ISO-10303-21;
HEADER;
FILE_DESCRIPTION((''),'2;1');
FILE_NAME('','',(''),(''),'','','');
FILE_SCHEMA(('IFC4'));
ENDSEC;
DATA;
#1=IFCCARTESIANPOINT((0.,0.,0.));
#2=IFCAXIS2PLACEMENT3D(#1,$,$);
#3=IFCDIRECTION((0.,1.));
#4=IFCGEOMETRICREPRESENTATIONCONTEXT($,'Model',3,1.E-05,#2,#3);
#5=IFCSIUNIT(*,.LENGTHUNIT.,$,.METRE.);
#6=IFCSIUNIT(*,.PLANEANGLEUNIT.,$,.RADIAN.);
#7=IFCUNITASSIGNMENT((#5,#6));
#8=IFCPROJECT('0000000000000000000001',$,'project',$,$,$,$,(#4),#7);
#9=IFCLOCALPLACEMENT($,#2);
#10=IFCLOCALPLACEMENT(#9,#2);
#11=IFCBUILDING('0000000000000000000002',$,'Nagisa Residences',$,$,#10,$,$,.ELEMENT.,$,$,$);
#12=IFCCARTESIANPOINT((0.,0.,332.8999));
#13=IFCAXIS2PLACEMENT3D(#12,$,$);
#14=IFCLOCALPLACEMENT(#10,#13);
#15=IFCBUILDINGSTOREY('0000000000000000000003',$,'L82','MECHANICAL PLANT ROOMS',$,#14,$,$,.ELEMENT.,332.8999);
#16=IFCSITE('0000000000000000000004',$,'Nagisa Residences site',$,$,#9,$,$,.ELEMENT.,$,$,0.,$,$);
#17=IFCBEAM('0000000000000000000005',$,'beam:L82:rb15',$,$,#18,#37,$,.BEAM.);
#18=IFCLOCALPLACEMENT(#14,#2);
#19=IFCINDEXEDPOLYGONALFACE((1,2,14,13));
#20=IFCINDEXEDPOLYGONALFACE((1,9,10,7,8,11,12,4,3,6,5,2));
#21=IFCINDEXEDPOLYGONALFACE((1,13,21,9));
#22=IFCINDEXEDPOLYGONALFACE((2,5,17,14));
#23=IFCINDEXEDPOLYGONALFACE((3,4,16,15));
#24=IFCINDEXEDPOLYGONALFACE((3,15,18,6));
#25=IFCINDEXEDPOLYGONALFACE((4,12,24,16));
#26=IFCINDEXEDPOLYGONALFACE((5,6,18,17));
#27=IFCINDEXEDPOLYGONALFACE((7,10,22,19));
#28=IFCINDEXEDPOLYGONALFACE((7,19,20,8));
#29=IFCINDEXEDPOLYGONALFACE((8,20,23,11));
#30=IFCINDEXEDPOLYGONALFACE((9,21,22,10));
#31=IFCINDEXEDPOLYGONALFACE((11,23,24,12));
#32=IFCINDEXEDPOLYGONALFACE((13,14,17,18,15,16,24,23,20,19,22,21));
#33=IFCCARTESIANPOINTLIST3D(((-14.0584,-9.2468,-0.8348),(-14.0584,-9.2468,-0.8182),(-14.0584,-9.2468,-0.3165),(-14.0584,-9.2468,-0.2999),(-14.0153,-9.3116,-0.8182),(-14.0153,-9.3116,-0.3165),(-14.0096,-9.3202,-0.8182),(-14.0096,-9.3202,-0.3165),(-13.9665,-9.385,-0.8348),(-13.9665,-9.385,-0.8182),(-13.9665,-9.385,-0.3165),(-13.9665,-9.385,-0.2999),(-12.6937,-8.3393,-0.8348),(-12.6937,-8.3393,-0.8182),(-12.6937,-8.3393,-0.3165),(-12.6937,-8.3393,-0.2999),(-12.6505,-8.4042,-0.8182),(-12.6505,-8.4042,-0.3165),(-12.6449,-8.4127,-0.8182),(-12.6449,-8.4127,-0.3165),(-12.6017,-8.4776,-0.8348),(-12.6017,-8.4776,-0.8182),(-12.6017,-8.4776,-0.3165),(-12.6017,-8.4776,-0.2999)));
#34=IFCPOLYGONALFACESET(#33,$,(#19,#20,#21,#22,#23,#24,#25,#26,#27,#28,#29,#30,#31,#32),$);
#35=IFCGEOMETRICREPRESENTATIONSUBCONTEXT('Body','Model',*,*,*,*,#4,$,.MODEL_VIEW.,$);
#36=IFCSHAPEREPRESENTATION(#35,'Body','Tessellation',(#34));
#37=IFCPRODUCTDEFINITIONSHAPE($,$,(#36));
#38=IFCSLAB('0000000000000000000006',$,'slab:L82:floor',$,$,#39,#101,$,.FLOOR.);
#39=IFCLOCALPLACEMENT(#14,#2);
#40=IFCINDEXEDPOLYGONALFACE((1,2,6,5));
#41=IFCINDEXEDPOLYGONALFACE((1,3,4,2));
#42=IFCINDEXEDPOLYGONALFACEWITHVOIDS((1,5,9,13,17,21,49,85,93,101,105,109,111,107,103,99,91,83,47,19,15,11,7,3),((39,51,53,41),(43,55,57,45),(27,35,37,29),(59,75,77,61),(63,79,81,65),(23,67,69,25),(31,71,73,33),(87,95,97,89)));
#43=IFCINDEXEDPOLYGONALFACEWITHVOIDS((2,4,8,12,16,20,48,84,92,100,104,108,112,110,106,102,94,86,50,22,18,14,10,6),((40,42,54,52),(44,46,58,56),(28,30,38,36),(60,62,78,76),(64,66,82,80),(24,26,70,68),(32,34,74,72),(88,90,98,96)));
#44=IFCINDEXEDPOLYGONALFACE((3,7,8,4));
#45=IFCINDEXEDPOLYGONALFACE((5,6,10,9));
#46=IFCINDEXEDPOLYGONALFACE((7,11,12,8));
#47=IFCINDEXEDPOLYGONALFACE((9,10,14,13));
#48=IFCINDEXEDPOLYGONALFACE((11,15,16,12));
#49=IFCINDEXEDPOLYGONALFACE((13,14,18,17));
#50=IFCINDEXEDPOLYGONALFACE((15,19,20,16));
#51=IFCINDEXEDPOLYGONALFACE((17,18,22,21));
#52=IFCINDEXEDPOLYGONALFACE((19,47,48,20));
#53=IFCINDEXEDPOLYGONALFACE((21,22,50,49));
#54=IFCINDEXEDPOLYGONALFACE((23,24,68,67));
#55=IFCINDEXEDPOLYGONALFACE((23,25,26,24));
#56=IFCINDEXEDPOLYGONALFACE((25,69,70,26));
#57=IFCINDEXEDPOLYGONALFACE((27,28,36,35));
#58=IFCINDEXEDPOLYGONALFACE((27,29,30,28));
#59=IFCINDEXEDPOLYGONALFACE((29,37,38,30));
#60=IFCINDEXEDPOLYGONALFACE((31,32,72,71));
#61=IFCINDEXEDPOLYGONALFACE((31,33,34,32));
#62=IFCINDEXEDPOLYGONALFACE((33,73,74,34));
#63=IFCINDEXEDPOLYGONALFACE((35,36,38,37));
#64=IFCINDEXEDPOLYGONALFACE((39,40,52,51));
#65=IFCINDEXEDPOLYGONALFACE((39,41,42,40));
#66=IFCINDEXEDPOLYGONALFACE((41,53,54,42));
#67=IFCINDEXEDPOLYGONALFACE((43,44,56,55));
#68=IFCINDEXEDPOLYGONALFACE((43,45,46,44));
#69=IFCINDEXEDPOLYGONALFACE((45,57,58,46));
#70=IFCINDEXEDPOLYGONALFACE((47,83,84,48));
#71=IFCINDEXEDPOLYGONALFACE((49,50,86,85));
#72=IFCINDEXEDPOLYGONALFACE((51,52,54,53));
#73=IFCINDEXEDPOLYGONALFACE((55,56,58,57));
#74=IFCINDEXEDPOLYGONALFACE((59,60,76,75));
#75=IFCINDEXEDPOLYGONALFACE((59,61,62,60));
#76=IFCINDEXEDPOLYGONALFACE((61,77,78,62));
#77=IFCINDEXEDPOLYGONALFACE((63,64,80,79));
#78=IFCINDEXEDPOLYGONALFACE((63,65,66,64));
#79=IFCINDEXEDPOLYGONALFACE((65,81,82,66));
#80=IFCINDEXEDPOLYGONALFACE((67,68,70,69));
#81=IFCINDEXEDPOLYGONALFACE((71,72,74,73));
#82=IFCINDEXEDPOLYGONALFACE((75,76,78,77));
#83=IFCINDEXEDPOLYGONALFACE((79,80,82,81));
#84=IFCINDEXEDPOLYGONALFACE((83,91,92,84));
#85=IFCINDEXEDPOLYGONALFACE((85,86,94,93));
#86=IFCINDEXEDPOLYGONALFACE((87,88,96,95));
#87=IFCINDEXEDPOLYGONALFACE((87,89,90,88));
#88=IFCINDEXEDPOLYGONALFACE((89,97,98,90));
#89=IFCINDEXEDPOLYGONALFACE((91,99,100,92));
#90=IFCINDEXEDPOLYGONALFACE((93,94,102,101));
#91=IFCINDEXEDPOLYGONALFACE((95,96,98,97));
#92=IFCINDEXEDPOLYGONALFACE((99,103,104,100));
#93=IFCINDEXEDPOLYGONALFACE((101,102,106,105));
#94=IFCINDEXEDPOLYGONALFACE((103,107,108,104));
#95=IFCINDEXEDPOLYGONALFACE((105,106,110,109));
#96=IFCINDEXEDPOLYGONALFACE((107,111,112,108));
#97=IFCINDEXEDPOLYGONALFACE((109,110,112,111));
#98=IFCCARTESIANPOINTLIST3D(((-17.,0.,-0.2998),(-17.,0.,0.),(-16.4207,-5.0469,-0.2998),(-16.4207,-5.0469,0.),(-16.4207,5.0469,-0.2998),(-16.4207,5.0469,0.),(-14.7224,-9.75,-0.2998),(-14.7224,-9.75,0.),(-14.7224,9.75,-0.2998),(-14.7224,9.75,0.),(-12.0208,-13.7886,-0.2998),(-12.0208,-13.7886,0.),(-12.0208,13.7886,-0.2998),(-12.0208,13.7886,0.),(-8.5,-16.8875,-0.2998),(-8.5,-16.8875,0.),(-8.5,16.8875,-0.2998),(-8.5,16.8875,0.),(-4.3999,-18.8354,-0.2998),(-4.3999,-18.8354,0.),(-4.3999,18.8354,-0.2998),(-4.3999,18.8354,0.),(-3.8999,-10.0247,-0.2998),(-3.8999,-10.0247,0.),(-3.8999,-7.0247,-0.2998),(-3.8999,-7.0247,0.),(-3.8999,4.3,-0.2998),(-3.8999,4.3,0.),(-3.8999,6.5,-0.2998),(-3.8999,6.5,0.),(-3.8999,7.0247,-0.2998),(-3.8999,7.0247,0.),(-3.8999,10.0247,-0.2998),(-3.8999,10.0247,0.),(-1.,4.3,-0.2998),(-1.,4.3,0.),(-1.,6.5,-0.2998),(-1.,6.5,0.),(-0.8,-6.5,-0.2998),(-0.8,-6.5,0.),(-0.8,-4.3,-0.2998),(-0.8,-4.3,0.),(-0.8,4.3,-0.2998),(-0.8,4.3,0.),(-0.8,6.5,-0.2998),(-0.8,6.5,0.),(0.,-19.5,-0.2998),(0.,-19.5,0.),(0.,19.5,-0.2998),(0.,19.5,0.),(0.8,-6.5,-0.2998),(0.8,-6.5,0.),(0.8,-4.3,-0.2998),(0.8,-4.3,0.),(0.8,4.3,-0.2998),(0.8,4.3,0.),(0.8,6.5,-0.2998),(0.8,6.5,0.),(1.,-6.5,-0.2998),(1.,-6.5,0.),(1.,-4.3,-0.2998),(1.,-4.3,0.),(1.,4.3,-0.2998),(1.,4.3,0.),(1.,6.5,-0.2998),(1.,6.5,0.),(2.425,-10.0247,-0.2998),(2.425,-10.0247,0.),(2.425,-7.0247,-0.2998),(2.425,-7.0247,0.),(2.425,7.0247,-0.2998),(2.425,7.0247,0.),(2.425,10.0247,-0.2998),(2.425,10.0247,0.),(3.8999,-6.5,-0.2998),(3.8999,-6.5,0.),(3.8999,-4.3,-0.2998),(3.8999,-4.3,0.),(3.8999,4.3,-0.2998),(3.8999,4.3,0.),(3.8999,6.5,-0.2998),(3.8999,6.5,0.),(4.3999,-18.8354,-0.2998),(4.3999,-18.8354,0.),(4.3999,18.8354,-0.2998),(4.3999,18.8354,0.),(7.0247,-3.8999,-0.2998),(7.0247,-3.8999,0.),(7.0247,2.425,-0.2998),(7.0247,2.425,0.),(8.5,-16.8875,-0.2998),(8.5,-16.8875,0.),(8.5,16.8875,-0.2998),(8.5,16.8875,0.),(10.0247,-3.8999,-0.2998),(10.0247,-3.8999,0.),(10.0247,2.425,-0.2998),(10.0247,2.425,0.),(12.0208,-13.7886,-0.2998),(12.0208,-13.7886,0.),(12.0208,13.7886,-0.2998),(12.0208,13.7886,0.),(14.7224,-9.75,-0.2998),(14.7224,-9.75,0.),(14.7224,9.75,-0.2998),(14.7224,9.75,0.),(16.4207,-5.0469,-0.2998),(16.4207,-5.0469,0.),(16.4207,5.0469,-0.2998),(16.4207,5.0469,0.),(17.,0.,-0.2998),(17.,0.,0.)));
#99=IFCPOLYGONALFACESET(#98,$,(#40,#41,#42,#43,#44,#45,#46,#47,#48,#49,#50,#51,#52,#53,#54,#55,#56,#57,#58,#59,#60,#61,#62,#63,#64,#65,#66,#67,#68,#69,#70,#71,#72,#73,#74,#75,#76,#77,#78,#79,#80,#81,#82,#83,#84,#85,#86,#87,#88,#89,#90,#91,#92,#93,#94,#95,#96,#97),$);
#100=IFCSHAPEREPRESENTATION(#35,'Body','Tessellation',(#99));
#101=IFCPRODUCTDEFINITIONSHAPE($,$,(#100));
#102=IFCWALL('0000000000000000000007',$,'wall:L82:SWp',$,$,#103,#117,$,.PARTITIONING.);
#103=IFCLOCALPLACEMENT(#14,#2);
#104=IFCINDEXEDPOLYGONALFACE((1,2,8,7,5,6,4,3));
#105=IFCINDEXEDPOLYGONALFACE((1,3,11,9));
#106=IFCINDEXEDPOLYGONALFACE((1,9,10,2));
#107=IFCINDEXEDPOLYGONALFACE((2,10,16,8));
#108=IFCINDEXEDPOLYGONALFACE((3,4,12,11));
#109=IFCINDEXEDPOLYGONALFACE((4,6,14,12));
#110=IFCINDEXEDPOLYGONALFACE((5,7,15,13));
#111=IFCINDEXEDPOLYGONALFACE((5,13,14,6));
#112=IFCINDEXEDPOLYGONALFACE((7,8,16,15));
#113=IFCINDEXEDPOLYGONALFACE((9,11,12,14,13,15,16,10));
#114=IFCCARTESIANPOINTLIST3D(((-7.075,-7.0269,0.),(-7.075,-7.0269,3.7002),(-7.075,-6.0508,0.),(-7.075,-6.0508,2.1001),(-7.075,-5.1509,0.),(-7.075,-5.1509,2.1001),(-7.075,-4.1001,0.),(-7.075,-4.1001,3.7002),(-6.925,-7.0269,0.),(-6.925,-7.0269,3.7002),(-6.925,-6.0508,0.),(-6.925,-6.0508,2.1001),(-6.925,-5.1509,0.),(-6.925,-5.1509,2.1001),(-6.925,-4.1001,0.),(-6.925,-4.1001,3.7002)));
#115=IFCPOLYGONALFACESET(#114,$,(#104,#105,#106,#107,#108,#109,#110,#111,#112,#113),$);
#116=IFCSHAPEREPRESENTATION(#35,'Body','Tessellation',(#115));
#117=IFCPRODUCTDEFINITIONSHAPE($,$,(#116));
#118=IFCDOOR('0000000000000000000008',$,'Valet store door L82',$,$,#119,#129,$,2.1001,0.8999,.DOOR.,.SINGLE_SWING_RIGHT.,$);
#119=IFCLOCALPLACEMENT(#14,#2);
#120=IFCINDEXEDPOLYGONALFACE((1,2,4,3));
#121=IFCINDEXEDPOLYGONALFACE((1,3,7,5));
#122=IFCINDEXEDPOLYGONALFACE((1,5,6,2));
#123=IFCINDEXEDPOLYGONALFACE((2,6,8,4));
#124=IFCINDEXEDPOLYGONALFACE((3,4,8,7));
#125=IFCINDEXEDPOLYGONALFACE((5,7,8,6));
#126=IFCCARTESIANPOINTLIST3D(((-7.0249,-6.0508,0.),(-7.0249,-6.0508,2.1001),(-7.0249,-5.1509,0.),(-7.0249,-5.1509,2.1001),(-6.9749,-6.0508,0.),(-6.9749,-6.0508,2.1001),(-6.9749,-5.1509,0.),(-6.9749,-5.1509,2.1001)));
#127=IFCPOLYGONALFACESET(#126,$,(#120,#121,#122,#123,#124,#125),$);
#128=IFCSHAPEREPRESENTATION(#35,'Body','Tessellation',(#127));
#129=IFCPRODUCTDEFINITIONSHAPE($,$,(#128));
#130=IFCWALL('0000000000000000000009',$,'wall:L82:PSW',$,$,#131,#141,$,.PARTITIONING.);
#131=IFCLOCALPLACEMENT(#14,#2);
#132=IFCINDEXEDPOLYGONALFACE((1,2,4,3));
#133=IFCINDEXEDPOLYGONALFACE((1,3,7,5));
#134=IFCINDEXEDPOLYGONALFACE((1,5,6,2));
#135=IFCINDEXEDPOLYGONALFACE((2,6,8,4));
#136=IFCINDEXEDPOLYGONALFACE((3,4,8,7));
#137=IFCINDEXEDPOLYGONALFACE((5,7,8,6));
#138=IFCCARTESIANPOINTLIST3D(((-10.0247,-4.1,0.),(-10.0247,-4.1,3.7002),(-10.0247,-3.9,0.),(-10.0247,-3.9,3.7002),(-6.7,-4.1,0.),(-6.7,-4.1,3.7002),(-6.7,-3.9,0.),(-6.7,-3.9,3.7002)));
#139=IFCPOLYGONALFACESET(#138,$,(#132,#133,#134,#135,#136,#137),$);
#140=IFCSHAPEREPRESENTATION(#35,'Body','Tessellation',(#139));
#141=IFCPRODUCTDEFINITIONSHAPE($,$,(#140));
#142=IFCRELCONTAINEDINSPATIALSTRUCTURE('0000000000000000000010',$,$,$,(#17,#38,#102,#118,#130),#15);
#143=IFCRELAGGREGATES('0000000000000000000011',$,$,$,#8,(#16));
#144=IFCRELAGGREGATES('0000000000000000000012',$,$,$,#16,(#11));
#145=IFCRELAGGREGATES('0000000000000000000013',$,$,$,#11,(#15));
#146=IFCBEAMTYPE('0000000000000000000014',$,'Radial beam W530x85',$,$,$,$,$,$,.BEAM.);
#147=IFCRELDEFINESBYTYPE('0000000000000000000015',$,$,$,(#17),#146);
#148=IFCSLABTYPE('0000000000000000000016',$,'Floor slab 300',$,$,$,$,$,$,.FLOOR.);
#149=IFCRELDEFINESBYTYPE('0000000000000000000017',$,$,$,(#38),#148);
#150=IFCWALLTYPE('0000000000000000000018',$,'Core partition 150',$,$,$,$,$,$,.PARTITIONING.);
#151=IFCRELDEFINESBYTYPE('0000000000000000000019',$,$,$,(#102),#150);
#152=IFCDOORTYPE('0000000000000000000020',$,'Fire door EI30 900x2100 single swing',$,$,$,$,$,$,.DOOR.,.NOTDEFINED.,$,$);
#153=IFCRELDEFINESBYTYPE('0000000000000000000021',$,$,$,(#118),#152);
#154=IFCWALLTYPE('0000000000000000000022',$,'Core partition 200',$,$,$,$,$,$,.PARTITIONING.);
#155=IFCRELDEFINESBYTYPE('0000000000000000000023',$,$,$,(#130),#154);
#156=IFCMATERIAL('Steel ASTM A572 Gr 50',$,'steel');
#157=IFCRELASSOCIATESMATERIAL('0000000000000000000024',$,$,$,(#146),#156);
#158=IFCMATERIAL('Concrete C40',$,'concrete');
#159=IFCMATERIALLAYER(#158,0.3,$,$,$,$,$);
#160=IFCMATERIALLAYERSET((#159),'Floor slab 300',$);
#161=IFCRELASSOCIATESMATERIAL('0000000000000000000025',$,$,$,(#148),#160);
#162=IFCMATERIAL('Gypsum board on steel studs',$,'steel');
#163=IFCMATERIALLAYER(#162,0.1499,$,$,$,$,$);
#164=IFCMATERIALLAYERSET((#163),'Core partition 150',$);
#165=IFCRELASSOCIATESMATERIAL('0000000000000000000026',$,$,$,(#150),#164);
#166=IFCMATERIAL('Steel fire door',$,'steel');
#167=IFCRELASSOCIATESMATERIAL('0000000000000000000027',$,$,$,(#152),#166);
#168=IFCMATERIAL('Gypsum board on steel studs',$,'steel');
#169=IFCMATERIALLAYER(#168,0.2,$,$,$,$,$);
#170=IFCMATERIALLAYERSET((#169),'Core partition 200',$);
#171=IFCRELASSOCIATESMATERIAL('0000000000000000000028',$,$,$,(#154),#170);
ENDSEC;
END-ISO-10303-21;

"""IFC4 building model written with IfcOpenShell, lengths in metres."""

from ifc_helpers import new_model, si_unit, direction, frame, frame_2d, origin, origin_2d, place, context, subcontext, project, spatial, polyline, rectangle, i_section, outline, extrude, material, layer, layer_set, material_profile, profile_set, type_object, element, fill, save


model = new_model("IFC4")

# Units and contexts
model_context = context("Model", 3, precision=1e-05, world=origin(), true_north=direction((0.0, 1.0)))
body_context = subcontext(model_context, "Body", "Model", "MODEL_VIEW")
ifc_project = project(units=[si_unit("LENGTHUNIT", "METRE"), si_unit("PLANEANGLEUNIT", "RADIAN")], contexts=[model_context])

# Site, building, storey
site_placement = place(None, origin())
site = spatial("IfcSite", under=ifc_project, at=site_placement, Name="Nagisa Residences site", CompositionType="ELEMENT", RefElevation=0.0)
building_placement = place(site_placement, origin())
building = spatial("IfcBuilding", under=site, at=building_placement, Name="Nagisa Residences", CompositionType="ELEMENT")
storey_placement = place(building_placement, frame((0.0, 0.0, 332.8999)))
storey = spatial("IfcBuildingStorey", under=building, at=storey_placement, Name="L82", Description="MECHANICAL PLANT ROOMS", CompositionType="ELEMENT", Elevation=332.8999)

# Beam
ifc_material_1 = material(Name="Steel ASTM A572 Gr 50", Category="steel")
ifc_material_profile = material_profile(ifc_material_1, i_section(OverallWidth=0.166, OverallDepth=0.5349, WebThickness=0.0103, FlangeThickness=0.0166, at=origin_2d()), Name="W530x85")
ifc_profile_set = profile_set([ifc_material_profile], Name="Steel ASTM A572 Gr 50")
beam_type = type_object("IfcBeamType", Name="Radial beam W530x85", PredefinedType="BEAM", material=ifc_profile_set)
beam_placement = place(storey_placement, frame((-14.0125, -9.3159, -0.5674), z_axis=(0.832714, 0.553703, 0.0), x_axis=(-0.553703, 0.832714, 0.0)))
element("IfcBeam", 1, at=beam_placement, inside=storey, type_object=beam_type, Name="beam:L82:rb15", PredefinedType="BEAM", context=body_context, shape_type="SweptSolid", body=[
    extrude(i_section(OverallWidth=0.166, OverallDepth=0.5349, WebThickness=0.0103, FlangeThickness=0.0166, at=origin_2d()), origin(), (0.0, 0.0, 1.0), 1.6389),
])

# Slab
ifc_material_2 = material(Name="Concrete C40", Category="concrete")
ifc_layer_1 = layer(ifc_material_2, 0.3)
ifc_layer_set_1 = layer_set([ifc_layer_1], Name="Floor slab 300")
slab_type = type_object("IfcSlabType", Name="Floor slab 300", PredefinedType="FLOOR", material=ifc_layer_set_1)
slab_placement = place(storey_placement, frame((0.0, 0.0, -0.2998)))
element("IfcSlab", 2, at=slab_placement, inside=storey, type_object=slab_type, Name="slab:L82:floor", PredefinedType="FLOOR", context=body_context, shape_type="SweptSolid", body=[
    extrude(outline(polyline([(17.0, 0.0), (16.4207, 5.0469), (14.7224, 9.75), (12.0208, 13.7886), (8.5, 16.8875), (4.3999, 18.8354), (0.0, 19.5), (-4.3999, 18.8354), (-8.5, 16.8875), (-12.0208, 13.7886), (-14.7224, 9.75), (-16.4207, 5.0469), (-17.0, 0.0), (-16.4207, -5.0469), (-14.7224, -9.75), (-12.0208, -13.7886), (-8.5, -16.8875), (-4.3999, -18.8354), (0.0, -19.5), (4.3999, -18.8354), (8.5, -16.8875), (12.0208, -13.7886), (14.7224, -9.75), (16.4207, -5.0469), (17.0, 0.0)]), holes=[polyline([(3.8999, 4.3), (3.8999, 6.5), (1.0, 6.5), (1.0, 4.3), (3.8999, 4.3)]), polyline([(3.8999, -6.5), (3.8999, -4.3), (1.0, -4.3), (1.0, -6.5), (3.8999, -6.5)]), polyline([(-1.0, 4.3), (-1.0, 6.5), (-3.8999, 6.5), (-3.8999, 4.3), (-1.0, 4.3)]), polyline([(0.8, 4.3), (0.8, 6.5), (-0.8, 6.5), (-0.8, 4.3), (0.8, 4.3)]), polyline([(0.8, -6.5), (0.8, -4.3), (-0.8, -4.3), (-0.8, -6.5), (0.8, -6.5)]), polyline([(10.0247, -3.8999), (7.0247, -3.8999), (7.0247, 2.425), (10.0247, 2.425), (10.0247, -3.8999)]), polyline([(-3.8999, 7.0247), (-3.8999, 10.0247), (2.425, 10.0247), (2.425, 7.0247), (-3.8999, 7.0247)]), polyline([(-3.8999, -10.0247), (-3.8999, -7.0247), (2.425, -7.0247), (2.425, -10.0247), (-3.8999, -10.0247)])]), origin(), (0.0, 0.0, 1.0), 0.2998),
])

# Wall, opening, door
ifc_material_3 = material(Name="Gypsum board on steel studs", Category="steel")
ifc_layer_2 = layer(ifc_material_3, 0.1499)
ifc_layer_set_2 = layer_set([ifc_layer_2], Name="Core partition 150")
wall_type_1 = type_object("IfcWallType", Name="Core partition 150", PredefinedType="PARTITIONING", material=ifc_layer_set_2)
wall_1_placement = place(storey_placement, frame((-7.0, -7.0269, 0.0), z_axis=(0.0, 0.0, 1.0), x_axis=(0.0, 1.0, 0.0)))
wall_1 = element("IfcWall", 3, at=wall_1_placement, inside=storey, type_object=wall_type_1, Name="wall:L82:SWp", PredefinedType="PARTITIONING", context=body_context, shape_type="SweptSolid", body=[
    extrude(rectangle(XDim=2.9268, YDim=0.1499, at=frame_2d((1.4634, 0.0))), origin(), (0.0, 0.0, 1.0), 3.7002),
])
opening_1_placement = place(wall_1_placement, frame((0.9761, 0.0, 0.0)))
opening_1 = element("IfcOpeningElement", 4, at=opening_1_placement, cuts=wall_1, PredefinedType="OPENING", context=body_context, shape_type="SweptSolid", body=[
    extrude(rectangle(XDim=0.8999, YDim=2.1001, at=frame_2d((0.45, 1.05))), frame((0.0, 0.085, 0.0), z_axis=(0.0, -1.0, 0.0), x_axis=(1.0, 0.0, 0.0)), (0.0, 0.0, 1.0), 0.1699),
])
ifc_material_4 = material(Name="Steel fire door", Category="steel")
door_type_1 = type_object("IfcDoorType", Name="Fire door EI30 900x2100 single swing", OperationType="NOTDEFINED", PredefinedType="DOOR", material=ifc_material_4)
door_1_placement = place(opening_1_placement, origin())
door_1 = element("IfcDoor", 5, at=door_1_placement, inside=storey, type_object=door_type_1, Name="Valet store door L82", OperationType="SINGLE_SWING_RIGHT", OverallHeight=2.1001, OverallWidth=0.8999, PredefinedType="DOOR", context=body_context, shape_type="SweptSolid", body=[
    extrude(rectangle(XDim=0.8999, YDim=2.1001, at=frame_2d((0.45, 1.05))), frame((0.0, 0.0249, 0.0), z_axis=(0.0, -1.0, 0.0), x_axis=(1.0, 0.0, 0.0)), (0.0, 0.0, 1.0), 0.05),
])
fill(opening_1, door_1)

# Wall
ifc_material_5 = material(Name="Gypsum board on steel studs", Category="steel")
ifc_layer_3 = layer(ifc_material_5, 0.2)
ifc_layer_set_3 = layer_set([ifc_layer_3], Name="Core partition 200")
wall_type_2 = type_object("IfcWallType", Name="Core partition 200", PredefinedType="PARTITIONING", material=ifc_layer_set_3)
wall_2_placement = place(storey_placement, frame((-10.0247, -4.0, 0.0), z_axis=(0.0, 0.0, 1.0), x_axis=(1.0, 0.0, 0.0)))
element("IfcWall", 6, at=wall_2_placement, inside=storey, type_object=wall_type_2, Name="wall:L82:PSW", PredefinedType="PARTITIONING", context=body_context, shape_type="SweptSolid", body=[
    extrude(rectangle(XDim=3.3247, YDim=0.2, at=frame_2d((1.6624, 0.0))), origin(), (0.0, 0.0, 1.0), 3.7002),
])

save(model, "model.ifc")
